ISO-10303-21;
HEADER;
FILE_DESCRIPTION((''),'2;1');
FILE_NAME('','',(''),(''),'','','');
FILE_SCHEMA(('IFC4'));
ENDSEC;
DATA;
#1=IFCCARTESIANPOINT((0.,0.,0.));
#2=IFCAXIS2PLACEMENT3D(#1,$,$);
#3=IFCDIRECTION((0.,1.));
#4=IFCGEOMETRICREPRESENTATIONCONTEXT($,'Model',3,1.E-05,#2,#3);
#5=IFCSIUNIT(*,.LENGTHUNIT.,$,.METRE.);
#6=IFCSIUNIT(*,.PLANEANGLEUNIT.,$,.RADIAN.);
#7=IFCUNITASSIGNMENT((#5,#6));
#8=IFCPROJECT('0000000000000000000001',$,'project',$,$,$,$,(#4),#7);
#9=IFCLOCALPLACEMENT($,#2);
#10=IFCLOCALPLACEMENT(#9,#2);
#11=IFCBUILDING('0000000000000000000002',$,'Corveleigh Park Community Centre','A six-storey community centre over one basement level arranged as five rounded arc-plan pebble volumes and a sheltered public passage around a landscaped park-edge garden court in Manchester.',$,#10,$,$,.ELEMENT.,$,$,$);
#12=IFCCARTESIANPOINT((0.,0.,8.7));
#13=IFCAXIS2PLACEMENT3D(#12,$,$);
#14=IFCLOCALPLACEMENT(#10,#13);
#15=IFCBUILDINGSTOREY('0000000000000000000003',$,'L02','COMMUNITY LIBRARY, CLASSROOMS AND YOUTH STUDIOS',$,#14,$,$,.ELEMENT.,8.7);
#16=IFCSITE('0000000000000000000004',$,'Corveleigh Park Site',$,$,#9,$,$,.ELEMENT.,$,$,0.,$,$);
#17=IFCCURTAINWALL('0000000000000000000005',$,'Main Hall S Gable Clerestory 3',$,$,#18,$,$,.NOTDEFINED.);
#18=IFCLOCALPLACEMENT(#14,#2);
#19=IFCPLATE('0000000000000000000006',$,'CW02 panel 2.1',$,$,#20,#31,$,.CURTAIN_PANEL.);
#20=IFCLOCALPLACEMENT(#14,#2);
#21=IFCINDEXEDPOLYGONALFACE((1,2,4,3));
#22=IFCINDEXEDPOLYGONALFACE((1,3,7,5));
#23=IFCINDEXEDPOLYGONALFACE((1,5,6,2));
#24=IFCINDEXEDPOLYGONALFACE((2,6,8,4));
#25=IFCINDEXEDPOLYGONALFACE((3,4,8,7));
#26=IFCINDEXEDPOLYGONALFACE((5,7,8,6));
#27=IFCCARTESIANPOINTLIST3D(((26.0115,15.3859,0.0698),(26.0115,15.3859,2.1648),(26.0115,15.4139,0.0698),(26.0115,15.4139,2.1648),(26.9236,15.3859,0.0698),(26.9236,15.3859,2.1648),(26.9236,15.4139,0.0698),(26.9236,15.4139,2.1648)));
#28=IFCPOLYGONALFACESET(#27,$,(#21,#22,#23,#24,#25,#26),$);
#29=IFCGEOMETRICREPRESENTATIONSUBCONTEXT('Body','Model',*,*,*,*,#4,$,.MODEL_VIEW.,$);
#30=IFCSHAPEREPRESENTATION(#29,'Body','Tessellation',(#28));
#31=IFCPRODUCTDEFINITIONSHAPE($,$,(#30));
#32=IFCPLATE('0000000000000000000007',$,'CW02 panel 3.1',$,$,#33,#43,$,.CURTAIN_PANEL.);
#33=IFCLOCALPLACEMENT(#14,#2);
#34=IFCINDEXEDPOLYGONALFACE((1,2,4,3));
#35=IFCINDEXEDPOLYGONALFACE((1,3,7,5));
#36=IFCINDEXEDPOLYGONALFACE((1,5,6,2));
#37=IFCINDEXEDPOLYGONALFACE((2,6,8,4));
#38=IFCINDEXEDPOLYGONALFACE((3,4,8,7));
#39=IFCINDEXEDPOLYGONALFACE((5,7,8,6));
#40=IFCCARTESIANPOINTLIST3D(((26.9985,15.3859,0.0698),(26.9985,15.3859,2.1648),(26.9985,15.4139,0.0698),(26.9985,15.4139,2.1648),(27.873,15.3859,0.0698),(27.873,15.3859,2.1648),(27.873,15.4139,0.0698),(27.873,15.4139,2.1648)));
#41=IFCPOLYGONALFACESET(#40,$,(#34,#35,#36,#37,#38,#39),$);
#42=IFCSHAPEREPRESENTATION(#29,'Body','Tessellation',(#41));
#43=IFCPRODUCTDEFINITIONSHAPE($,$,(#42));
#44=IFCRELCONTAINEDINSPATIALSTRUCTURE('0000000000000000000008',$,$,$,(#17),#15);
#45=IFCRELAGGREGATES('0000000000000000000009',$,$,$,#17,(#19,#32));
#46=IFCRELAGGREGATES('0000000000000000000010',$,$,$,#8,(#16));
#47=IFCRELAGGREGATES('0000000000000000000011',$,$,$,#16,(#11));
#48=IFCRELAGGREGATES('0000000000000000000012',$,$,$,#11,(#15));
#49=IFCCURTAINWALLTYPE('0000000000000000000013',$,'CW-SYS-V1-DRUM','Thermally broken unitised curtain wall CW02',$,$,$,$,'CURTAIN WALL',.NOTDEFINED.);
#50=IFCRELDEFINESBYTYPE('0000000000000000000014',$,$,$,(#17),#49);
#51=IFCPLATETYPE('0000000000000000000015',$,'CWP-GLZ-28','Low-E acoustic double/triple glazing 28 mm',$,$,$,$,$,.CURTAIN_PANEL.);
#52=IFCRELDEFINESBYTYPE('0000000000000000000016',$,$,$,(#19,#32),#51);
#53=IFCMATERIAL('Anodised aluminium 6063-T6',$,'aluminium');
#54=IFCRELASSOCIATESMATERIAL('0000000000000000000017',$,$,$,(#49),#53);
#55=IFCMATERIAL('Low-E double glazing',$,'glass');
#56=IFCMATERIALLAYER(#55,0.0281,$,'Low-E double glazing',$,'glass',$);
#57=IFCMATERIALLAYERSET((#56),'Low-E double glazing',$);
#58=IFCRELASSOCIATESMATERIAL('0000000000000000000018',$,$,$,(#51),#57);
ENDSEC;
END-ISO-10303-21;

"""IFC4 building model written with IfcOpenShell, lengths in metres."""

from ifc_helpers import new_model, si_unit, direction, frame, origin, origin_2d, place, context, subcontext, project, spatial, rectangle, extrude, material, layer, layer_set, type_object, element, aggregate, save


model = new_model("IFC4")

# Units and contexts
model_context = context("Model", 3, precision=1e-05, world=origin(), true_north=direction((0.0, 1.0)))
body_context = subcontext(model_context, "Body", "Model", "MODEL_VIEW")
ifc_project = project(units=[si_unit("LENGTHUNIT", "METRE"), si_unit("PLANEANGLEUNIT", "RADIAN")], contexts=[model_context])

# Site, building, storey
site_placement = place(None, origin())
site = spatial("IfcSite", under=ifc_project, at=site_placement, Name="Corveleigh Park Site", CompositionType="ELEMENT", RefElevation=0.0)
building_placement = place(site_placement, origin())
building = spatial("IfcBuilding", under=site, at=building_placement, Name="Corveleigh Park Community Centre", Description="A six-storey community centre over one basement level arranged as five rounded arc-plan pebble volumes and a sheltered public passage around a landscaped park-edge garden court in Manchester.", CompositionType="ELEMENT")
storey_placement = place(building_placement, frame((0.0, 0.0, 8.7)))
storey = spatial("IfcBuildingStorey", under=building, at=storey_placement, Name="L02", Description="COMMUNITY LIBRARY, CLASSROOMS AND YOUTH STUDIOS", CompositionType="ELEMENT", Elevation=8.7)

# Curtain wall
ifc_material_1 = material(Name="Anodised aluminium 6063-T6", Category="aluminium")
curtain_wall_type = type_object("IfcCurtainWallType", Name="CW-SYS-V1-DRUM", Description="Thermally broken unitised curtain wall CW02", ElementType="CURTAIN WALL", PredefinedType="NOTDEFINED", material=ifc_material_1)
curtain_wall_1_placement = place(storey_placement, origin())
curtain_wall_1 = element("IfcCurtainWall", 1, at=curtain_wall_1_placement, inside=storey, type_object=curtain_wall_type, Name="Main Hall S Gable Clerestory 3", PredefinedType="NOTDEFINED")

# Plates
ifc_material_2 = material(Name="Low-E double glazing", Category="glass")
ifc_layer = layer(ifc_material_2, 0.0281, Name="Low-E double glazing", Category="glass")
ifc_layer_set = layer_set([ifc_layer], Name="Low-E double glazing")
plate_type = type_object("IfcPlateType", Name="CWP-GLZ-28", Description="Low-E acoustic double/triple glazing 28 mm", PredefinedType="CURTAIN_PANEL", material=ifc_layer_set)
plate_1_placement = place(storey_placement, frame((26.4675, 15.3999, 0.0698), z_axis=(0.0, 0.0, 1.0), x_axis=(1.0, 0.0, 0.0)))
plate_1 = element("IfcPlate", 2, at=plate_1_placement, type_object=plate_type, Name="CW02 panel 2.1", PredefinedType="CURTAIN_PANEL", context=body_context, shape_type="SweptSolid", body=[
    extrude(rectangle(XDim=0.9121, YDim=0.0281, at=origin_2d()), origin(), (0.0, 0.0, 1.0), 2.095),
])
plate_2_placement = place(storey_placement, frame((27.4358, 15.3999, 0.0698), z_axis=(0.0, 0.0, 1.0), x_axis=(1.0, 0.0, 0.0)))
plate_2 = element("IfcPlate", 3, at=plate_2_placement, type_object=plate_type, Name="CW02 panel 3.1", PredefinedType="CURTAIN_PANEL", context=body_context, shape_type="SweptSolid", body=[
    extrude(rectangle(XDim=0.8745, YDim=0.0281, at=origin_2d()), origin(), (0.0, 0.0, 1.0), 2.095),
])
aggregate(curtain_wall_1, [plate_1, plate_2])

save(model, "model.ifc")
